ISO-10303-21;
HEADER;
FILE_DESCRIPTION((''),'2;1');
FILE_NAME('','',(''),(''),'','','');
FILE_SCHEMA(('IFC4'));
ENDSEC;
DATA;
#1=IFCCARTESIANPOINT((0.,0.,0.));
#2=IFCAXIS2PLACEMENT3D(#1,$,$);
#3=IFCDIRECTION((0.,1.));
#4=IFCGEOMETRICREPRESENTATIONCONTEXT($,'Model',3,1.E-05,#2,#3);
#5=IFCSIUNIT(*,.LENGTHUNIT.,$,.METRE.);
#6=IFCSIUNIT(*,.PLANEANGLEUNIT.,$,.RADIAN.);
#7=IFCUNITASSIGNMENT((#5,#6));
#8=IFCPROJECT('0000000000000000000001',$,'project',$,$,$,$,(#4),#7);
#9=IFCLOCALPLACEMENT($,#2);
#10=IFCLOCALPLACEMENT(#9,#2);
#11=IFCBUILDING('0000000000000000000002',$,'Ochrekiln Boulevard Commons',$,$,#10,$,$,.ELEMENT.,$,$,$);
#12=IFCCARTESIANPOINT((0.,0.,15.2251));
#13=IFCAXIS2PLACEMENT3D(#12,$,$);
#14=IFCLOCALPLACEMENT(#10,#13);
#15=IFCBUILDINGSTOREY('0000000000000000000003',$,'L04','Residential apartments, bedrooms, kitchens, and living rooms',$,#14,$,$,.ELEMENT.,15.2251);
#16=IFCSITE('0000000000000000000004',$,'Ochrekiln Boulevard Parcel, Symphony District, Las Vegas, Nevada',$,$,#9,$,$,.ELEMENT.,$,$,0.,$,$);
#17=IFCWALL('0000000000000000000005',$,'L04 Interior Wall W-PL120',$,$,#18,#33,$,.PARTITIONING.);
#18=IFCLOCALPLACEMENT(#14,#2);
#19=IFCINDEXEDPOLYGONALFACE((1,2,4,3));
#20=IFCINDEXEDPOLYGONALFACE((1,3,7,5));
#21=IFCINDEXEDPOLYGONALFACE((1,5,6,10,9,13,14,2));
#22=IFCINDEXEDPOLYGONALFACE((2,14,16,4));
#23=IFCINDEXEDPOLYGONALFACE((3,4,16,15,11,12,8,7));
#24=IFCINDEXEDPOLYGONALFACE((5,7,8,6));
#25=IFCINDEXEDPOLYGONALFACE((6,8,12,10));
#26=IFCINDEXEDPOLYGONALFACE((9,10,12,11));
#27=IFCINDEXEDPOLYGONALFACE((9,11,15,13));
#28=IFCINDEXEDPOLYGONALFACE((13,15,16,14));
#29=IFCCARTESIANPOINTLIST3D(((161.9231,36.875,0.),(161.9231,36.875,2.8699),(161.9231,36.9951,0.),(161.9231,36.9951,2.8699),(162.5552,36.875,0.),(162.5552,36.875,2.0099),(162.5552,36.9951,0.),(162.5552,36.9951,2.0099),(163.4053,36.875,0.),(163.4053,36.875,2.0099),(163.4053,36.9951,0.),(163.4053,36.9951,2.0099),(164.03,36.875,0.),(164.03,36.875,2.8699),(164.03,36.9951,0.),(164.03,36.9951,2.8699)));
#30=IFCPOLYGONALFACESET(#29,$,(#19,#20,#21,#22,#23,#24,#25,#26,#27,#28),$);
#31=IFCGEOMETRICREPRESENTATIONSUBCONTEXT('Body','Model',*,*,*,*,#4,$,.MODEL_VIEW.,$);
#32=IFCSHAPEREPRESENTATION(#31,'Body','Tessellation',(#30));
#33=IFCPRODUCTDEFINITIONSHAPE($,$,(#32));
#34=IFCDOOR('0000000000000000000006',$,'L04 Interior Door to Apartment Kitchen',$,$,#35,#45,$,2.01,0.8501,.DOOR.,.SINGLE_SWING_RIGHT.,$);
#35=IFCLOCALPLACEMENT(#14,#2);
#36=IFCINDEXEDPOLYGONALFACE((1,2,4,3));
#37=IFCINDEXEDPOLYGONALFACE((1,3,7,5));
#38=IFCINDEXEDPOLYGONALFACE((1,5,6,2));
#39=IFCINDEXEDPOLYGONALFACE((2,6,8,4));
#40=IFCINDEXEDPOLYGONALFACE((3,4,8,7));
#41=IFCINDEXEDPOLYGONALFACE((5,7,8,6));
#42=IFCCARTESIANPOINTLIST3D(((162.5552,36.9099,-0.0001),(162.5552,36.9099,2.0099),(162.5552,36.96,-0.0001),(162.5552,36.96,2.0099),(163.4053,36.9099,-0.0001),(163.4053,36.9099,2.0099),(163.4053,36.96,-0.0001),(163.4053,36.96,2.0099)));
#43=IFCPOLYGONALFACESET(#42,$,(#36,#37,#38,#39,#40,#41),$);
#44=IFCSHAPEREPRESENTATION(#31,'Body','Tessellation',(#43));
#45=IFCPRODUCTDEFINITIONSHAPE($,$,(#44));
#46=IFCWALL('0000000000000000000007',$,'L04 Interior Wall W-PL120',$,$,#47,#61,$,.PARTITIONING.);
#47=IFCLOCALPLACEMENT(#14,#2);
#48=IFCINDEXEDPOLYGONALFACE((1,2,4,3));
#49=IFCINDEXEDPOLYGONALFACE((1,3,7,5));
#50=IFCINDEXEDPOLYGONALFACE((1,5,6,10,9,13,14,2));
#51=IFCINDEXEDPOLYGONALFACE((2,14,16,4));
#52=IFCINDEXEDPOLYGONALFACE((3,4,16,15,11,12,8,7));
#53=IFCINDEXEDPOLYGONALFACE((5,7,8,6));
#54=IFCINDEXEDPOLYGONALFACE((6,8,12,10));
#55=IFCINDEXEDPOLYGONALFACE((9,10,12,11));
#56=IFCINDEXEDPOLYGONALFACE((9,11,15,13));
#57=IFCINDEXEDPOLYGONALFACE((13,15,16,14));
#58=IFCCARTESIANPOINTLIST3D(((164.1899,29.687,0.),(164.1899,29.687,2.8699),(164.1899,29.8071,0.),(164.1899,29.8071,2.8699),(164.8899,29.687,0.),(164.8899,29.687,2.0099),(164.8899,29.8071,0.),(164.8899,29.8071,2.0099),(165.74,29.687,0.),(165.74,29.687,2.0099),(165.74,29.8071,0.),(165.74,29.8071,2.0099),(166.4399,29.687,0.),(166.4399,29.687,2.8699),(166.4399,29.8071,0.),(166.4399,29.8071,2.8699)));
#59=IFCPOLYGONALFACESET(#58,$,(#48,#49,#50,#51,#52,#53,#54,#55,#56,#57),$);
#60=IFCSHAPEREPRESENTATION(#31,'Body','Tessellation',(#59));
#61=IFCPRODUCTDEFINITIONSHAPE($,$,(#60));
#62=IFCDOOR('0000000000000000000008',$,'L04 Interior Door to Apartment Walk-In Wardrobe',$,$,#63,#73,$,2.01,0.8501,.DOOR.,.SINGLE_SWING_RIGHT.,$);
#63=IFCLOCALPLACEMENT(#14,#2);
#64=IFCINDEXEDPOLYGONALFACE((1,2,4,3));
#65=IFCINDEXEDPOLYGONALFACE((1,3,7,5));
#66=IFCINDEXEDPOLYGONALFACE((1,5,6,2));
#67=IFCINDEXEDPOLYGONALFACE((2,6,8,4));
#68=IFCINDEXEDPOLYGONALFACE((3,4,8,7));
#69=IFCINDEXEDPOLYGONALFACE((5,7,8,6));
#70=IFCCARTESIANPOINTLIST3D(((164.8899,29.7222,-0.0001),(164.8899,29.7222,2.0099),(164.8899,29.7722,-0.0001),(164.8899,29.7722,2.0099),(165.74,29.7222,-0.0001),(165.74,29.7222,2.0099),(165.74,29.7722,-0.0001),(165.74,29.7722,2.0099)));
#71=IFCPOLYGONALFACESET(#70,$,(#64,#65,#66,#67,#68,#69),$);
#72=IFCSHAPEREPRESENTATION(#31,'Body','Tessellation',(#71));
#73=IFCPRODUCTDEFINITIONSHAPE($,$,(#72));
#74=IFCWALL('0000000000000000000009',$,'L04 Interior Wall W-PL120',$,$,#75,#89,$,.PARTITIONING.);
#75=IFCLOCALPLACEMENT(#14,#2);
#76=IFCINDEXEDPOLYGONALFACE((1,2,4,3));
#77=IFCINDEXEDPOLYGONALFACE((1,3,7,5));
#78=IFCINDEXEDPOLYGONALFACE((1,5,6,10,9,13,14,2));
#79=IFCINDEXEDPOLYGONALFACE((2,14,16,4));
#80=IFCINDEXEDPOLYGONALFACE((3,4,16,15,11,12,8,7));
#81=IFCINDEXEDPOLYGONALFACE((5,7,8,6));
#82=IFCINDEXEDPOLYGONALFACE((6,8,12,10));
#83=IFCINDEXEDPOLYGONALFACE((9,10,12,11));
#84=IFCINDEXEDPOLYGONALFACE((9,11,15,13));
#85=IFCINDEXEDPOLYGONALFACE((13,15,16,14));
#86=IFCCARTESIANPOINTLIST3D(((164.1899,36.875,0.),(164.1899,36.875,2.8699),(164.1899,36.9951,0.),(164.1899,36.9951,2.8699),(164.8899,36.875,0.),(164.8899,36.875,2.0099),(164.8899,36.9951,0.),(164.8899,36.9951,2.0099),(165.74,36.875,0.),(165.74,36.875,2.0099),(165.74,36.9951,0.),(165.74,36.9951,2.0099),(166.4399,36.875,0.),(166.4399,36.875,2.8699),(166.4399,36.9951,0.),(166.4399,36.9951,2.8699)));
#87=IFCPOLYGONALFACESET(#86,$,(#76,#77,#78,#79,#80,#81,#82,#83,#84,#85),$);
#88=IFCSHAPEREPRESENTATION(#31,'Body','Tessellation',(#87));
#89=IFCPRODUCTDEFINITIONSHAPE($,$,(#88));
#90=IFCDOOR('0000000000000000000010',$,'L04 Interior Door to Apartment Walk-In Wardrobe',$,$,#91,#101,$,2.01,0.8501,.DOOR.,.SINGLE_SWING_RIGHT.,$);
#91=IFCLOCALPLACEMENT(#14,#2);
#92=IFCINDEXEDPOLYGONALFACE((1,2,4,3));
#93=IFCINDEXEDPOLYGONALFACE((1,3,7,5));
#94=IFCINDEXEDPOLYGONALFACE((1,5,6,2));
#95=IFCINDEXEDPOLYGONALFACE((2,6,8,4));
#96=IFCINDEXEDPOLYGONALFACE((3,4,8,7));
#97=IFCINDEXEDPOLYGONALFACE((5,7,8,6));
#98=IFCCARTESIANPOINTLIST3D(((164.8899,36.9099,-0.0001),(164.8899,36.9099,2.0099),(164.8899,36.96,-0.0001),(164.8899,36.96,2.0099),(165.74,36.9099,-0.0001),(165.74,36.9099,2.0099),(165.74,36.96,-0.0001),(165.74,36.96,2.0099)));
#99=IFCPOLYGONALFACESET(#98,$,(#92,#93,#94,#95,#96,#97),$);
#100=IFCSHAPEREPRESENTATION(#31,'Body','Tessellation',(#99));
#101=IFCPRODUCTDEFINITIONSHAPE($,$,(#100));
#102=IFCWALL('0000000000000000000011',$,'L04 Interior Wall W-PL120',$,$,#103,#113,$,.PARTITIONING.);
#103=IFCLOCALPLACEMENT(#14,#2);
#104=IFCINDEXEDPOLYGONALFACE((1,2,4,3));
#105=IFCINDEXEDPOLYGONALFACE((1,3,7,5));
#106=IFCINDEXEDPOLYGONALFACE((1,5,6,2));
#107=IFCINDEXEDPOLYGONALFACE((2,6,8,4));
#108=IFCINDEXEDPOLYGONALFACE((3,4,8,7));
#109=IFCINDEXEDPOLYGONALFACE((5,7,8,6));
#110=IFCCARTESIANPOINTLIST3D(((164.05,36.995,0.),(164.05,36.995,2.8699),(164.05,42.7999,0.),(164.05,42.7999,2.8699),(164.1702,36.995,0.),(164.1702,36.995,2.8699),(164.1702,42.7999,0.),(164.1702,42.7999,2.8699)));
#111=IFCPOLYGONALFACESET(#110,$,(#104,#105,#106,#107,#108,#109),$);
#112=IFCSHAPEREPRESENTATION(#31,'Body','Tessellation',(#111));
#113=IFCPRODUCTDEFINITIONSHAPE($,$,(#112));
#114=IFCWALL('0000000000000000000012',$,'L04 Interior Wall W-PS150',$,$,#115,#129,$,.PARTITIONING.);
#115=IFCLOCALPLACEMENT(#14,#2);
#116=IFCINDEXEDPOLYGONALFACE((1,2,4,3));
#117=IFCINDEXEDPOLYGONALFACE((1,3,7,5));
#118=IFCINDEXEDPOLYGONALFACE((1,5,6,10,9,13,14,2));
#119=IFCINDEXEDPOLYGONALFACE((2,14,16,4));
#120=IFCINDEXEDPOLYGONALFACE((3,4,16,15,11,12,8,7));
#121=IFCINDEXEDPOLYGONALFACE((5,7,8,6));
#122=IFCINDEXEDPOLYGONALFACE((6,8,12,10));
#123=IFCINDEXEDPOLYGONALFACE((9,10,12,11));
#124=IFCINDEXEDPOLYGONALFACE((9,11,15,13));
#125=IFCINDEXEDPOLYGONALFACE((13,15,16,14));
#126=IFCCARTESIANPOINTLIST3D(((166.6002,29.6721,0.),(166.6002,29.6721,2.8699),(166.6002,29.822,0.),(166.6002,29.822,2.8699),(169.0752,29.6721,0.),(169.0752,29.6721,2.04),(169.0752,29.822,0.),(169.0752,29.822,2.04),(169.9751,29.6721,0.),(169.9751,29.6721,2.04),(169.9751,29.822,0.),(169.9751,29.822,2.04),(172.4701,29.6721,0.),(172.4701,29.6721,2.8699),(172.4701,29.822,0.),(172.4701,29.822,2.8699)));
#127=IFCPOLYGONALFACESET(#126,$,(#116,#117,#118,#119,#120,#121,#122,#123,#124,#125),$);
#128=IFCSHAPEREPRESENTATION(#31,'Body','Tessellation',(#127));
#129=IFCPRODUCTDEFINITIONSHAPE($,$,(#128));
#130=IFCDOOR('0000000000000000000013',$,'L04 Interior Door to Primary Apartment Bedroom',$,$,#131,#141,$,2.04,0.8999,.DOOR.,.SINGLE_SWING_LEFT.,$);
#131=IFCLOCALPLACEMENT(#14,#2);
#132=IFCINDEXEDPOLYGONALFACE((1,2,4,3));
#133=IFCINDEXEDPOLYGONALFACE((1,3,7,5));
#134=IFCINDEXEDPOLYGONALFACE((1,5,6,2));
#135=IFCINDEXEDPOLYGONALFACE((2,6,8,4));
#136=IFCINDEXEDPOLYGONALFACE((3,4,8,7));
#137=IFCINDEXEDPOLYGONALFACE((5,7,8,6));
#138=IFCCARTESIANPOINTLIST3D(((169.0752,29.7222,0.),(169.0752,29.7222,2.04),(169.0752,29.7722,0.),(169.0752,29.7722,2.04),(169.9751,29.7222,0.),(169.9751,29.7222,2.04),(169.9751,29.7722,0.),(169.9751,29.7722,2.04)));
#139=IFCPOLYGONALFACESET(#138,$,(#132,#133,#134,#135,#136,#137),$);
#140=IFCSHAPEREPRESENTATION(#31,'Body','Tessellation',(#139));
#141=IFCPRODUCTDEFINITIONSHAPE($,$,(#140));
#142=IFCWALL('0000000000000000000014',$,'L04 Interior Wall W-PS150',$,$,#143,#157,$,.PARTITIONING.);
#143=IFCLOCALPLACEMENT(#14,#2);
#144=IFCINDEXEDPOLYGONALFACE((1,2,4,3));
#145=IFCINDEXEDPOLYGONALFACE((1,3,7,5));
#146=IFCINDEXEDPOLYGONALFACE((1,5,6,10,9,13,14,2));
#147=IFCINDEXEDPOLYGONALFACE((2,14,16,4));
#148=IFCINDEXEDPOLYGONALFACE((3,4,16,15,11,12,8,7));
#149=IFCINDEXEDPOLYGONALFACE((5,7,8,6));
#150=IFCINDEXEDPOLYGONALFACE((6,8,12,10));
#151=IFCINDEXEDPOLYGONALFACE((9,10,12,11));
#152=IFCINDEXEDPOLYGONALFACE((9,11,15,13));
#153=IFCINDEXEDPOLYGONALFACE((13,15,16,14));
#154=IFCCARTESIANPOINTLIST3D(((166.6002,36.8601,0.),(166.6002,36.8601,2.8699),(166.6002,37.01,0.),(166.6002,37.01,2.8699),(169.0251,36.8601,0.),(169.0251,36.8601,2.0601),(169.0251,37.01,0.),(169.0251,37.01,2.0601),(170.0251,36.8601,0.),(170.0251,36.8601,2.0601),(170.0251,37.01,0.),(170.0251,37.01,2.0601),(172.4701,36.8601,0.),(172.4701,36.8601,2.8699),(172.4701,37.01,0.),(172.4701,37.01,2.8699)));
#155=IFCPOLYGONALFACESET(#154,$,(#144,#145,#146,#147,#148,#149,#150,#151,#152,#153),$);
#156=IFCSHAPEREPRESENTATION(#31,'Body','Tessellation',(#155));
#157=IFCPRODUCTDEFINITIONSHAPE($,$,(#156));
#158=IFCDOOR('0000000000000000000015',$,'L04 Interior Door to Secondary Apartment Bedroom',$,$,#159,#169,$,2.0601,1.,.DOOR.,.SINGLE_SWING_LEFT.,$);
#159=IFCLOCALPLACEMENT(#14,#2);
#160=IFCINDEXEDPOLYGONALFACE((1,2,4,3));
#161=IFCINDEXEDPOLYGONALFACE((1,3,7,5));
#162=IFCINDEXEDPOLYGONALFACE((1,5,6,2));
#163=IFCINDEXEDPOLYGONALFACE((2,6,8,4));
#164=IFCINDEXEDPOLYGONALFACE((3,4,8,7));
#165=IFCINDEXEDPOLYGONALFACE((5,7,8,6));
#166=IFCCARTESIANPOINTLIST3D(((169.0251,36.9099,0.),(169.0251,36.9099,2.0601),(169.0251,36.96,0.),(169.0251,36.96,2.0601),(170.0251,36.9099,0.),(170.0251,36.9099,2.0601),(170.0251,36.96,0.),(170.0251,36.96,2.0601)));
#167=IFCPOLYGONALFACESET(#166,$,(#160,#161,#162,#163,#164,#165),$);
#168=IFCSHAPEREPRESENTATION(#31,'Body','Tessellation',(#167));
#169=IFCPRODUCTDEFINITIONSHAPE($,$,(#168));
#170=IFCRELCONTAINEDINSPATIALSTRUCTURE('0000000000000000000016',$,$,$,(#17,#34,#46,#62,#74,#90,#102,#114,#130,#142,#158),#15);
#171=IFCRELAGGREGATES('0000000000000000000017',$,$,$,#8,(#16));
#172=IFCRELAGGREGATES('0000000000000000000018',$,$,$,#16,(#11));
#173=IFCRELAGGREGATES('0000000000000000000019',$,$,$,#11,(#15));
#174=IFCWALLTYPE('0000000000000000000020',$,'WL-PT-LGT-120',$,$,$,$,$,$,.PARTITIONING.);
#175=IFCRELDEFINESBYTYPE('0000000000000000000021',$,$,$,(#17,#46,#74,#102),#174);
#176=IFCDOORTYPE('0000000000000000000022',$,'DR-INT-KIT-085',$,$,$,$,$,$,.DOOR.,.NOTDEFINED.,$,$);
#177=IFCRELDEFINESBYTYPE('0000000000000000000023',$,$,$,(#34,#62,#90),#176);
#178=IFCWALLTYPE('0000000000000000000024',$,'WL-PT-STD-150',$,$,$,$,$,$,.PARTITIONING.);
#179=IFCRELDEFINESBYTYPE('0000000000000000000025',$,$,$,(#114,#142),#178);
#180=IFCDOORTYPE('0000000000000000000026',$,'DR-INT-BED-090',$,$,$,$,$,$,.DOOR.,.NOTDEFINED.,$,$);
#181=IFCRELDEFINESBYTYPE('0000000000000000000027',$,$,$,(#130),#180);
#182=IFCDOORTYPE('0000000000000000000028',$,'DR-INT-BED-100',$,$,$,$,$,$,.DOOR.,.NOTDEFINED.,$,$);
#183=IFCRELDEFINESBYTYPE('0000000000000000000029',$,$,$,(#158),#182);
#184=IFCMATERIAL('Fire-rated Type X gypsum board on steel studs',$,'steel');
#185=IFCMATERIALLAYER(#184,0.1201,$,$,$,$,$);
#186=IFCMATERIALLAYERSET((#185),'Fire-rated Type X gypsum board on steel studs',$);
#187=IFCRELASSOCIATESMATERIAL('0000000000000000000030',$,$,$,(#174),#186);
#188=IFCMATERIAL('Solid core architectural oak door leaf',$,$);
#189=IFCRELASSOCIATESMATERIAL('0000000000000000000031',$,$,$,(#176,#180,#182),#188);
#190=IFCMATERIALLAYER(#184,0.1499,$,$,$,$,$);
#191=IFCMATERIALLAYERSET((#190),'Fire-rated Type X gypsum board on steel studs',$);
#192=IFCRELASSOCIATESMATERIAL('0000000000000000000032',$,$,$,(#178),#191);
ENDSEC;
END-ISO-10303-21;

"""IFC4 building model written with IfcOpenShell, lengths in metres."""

from ifc_helpers import new_model, si_unit, direction, frame, frame_2d, origin, place, context, subcontext, project, spatial, rectangle, extrude, material, layer, layer_set, type_object, element, fill, save


model = new_model("IFC4")

# Units and contexts
model_context = context("Model", 3, precision=1e-05, world=origin(), true_north=direction((0.0, 1.0)))
body_context = subcontext(model_context, "Body", "Model", "MODEL_VIEW")
ifc_project = project(units=[si_unit("LENGTHUNIT", "METRE"), si_unit("PLANEANGLEUNIT", "RADIAN")], contexts=[model_context])

# Site, building, storey
site_placement = place(None, origin())
site = spatial("IfcSite", under=ifc_project, at=site_placement, Name="Ochrekiln Boulevard Parcel, Symphony District, Las Vegas, Nevada", CompositionType="ELEMENT", RefElevation=0.0)
building_placement = place(site_placement, origin())
building = spatial("IfcBuilding", under=site, at=building_placement, Name="Ochrekiln Boulevard Commons", CompositionType="ELEMENT")
storey_placement = place(building_placement, frame((0.0, 0.0, 15.2251)))
storey = spatial("IfcBuildingStorey", under=building, at=storey_placement, Name="L04", Description="Residential apartments, bedrooms, kitchens, and living rooms", CompositionType="ELEMENT", Elevation=15.2251)

# Shared definitions
ifc_material_1 = material(Name="Solid core architectural oak door leaf")
ifc_material_2 = material(Name="Fire-rated Type X gypsum board on steel studs", Category="steel")

# Walls, openings, doors
ifc_layer_1 = layer(ifc_material_2, 0.1201)
ifc_layer_set_1 = layer_set([ifc_layer_1], Name="Fire-rated Type X gypsum board on steel studs")
wall_type_1 = type_object("IfcWallType", Name="WL-PT-LGT-120", PredefinedType="PARTITIONING", material=ifc_layer_set_1)
wall_1_placement = place(storey_placement, frame((161.9231, 36.9351, 0.0), z_axis=(0.0, 0.0, 1.0), x_axis=(1.0, 0.0, 0.0)))
wall_1 = element("IfcWall", 1, at=wall_1_placement, inside=storey, type_object=wall_type_1, Name="L04 Interior Wall W-PL120", PredefinedType="PARTITIONING", context=body_context, shape_type="SweptSolid", body=[
    extrude(rectangle(XDim=2.1069, YDim=0.1201, at=frame_2d((1.0535, 0.0))), origin(), (0.0, 0.0, 1.0), 2.8699),
])
opening_1_placement = place(wall_1_placement, frame((0.6321, 0.0, 0.0)))
opening_1 = element("IfcOpeningElement", 2, at=opening_1_placement, cuts=wall_1, PredefinedType="OPENING", context=body_context, shape_type="SweptSolid", body=[
    extrude(rectangle(XDim=0.8501, YDim=2.01, at=frame_2d((0.425, 1.0049))), frame((0.0, 0.0701, 0.0), z_axis=(0.0, -1.0, 0.0), x_axis=(1.0, 0.0, 0.0)), (0.0, 0.0, 1.0), 0.1401),
])
door_type_1 = type_object("IfcDoorType", Name="DR-INT-KIT-085", OperationType="NOTDEFINED", PredefinedType="DOOR", material=ifc_material_1)
door_1_placement = place(opening_1_placement, origin())
door_1 = element("IfcDoor", 3, at=door_1_placement, inside=storey, type_object=door_type_1, Name="L04 Interior Door to Apartment Kitchen", OperationType="SINGLE_SWING_RIGHT", OverallHeight=2.01, OverallWidth=0.8501, PredefinedType="DOOR", context=body_context, shape_type="SweptSolid", body=[
    extrude(rectangle(XDim=0.8501, YDim=2.01, at=frame_2d((0.425, 1.0049))), frame((0.0, 0.0249, 0.0), z_axis=(0.0, -1.0, 0.0), x_axis=(1.0, 0.0, 0.0)), (0.0, 0.0, 1.0), 0.05),
])
fill(opening_1, door_1)
wall_2_placement = place(storey_placement, frame((164.1899, 29.7471, 0.0), z_axis=(0.0, 0.0, 1.0), x_axis=(1.0, 0.0, 0.0)))
wall_2 = element("IfcWall", 4, at=wall_2_placement, inside=storey, type_object=wall_type_1, Name="L04 Interior Wall W-PL120", PredefinedType="PARTITIONING", context=body_context, shape_type="SweptSolid", body=[
    extrude(rectangle(XDim=2.25, YDim=0.1201, at=frame_2d((1.125, 0.0))), origin(), (0.0, 0.0, 1.0), 2.8699),
])
opening_2_placement = place(wall_2_placement, frame((0.7, 0.0, 0.0)))
opening_2 = element("IfcOpeningElement", 5, at=opening_2_placement, cuts=wall_2, PredefinedType="OPENING", context=body_context, shape_type="SweptSolid", body=[
    extrude(rectangle(XDim=0.8501, YDim=2.01, at=frame_2d((0.425, 1.0049))), frame((0.0, 0.0701, 0.0), z_axis=(0.0, -1.0, 0.0), x_axis=(1.0, 0.0, 0.0)), (0.0, 0.0, 1.0), 0.1401),
])
door_2_placement = place(opening_2_placement, frame((0.8501, 0.0, 0.0), z_axis=(0.0, 0.0, 1.0), x_axis=(-1.0, 0.0, 0.0)))
door_2 = element("IfcDoor", 6, at=door_2_placement, inside=storey, type_object=door_type_1, Name="L04 Interior Door to Apartment Walk-In Wardrobe", OperationType="SINGLE_SWING_RIGHT", OverallHeight=2.01, OverallWidth=0.8501, PredefinedType="DOOR", context=body_context, shape_type="SweptSolid", body=[
    extrude(rectangle(XDim=0.8501, YDim=2.01, at=frame_2d((0.425, 1.0049))), frame((0.0, 0.0249, 0.0), z_axis=(0.0, -1.0, 0.0), x_axis=(1.0, 0.0, 0.0)), (0.0, 0.0, 1.0), 0.05),
])
fill(opening_2, door_2)
wall_3_placement = place(storey_placement, frame((164.1899, 36.9351, 0.0), z_axis=(0.0, 0.0, 1.0), x_axis=(1.0, 0.0, 0.0)))
wall_3 = element("IfcWall", 7, at=wall_3_placement, inside=storey, type_object=wall_type_1, Name="L04 Interior Wall W-PL120", PredefinedType="PARTITIONING", context=body_context, shape_type="SweptSolid", body=[
    extrude(rectangle(XDim=2.25, YDim=0.1201, at=frame_2d((1.125, 0.0))), origin(), (0.0, 0.0, 1.0), 2.8699),
])
opening_3_placement = place(wall_3_placement, frame((0.7, 0.0, 0.0)))
opening_3 = element("IfcOpeningElement", 8, at=opening_3_placement, cuts=wall_3, PredefinedType="OPENING", context=body_context, shape_type="SweptSolid", body=[
    extrude(rectangle(XDim=0.8501, YDim=2.01, at=frame_2d((0.425, 1.0049))), frame((0.0, 0.0701, 0.0), z_axis=(0.0, -1.0, 0.0), x_axis=(1.0, 0.0, 0.0)), (0.0, 0.0, 1.0), 0.1401),
])
door_3_placement = place(opening_3_placement, origin())
door_3 = element("IfcDoor", 9, at=door_3_placement, inside=storey, type_object=door_type_1, Name="L04 Interior Door to Apartment Walk-In Wardrobe", OperationType="SINGLE_SWING_RIGHT", OverallHeight=2.01, OverallWidth=0.8501, PredefinedType="DOOR", context=body_context, shape_type="SweptSolid", body=[
    extrude(rectangle(XDim=0.8501, YDim=2.01, at=frame_2d((0.425, 1.0049))), frame((0.0, 0.0249, 0.0), z_axis=(0.0, -1.0, 0.0), x_axis=(1.0, 0.0, 0.0)), (0.0, 0.0, 1.0), 0.05),
])
fill(opening_3, door_3)

# Wall
wall_4_placement = place(storey_placement, frame((164.1101, 36.9951, 0.0), z_axis=(0.0, 0.0, 1.0), x_axis=(0.0, 1.0, 0.0)))
element("IfcWall", 10, at=wall_4_placement, inside=storey, type_object=wall_type_1, Name="L04 Interior Wall W-PL120", PredefinedType="PARTITIONING", context=body_context, shape_type="SweptSolid", body=[
    extrude(rectangle(XDim=5.8049, YDim=0.1201, at=frame_2d((2.9023, 0.0))), origin(), (0.0, 0.0, 1.0), 2.8699),
])

# Walls, openings, doors
ifc_layer_2 = layer(ifc_material_2, 0.1499)
ifc_layer_set_2 = layer_set([ifc_layer_2], Name="Fire-rated Type X gypsum board on steel studs")
wall_type_2 = type_object("IfcWallType", Name="WL-PT-STD-150", PredefinedType="PARTITIONING", material=ifc_layer_set_2)
wall_5_placement = place(storey_placement, frame((166.6001, 29.7471, 0.0), z_axis=(0.0, 0.0, 1.0), x_axis=(1.0, 0.0, 0.0)))
wall_5 = element("IfcWall", 11, at=wall_5_placement, inside=storey, type_object=wall_type_2, Name="L04 Interior Wall W-PS150", PredefinedType="PARTITIONING", context=body_context, shape_type="SweptSolid", body=[
    extrude(rectangle(XDim=5.8699, YDim=0.1499, at=frame_2d((2.9351, 0.0))), origin(), (0.0, 0.0, 1.0), 2.8699),
])
opening_4_placement = place(wall_5_placement, frame((2.4751, 0.0, 0.0)))
opening_4 = element("IfcOpeningElement", 12, at=opening_4_placement, cuts=wall_5, PredefinedType="OPENING", context=body_context, shape_type="SweptSolid", body=[
    extrude(rectangle(XDim=0.8999, YDim=2.04, at=frame_2d((0.45, 1.02))), frame((0.0, 0.085, 0.0), z_axis=(0.0, -1.0, 0.0), x_axis=(1.0, 0.0, 0.0)), (0.0, 0.0, 1.0), 0.1699),
])
door_type_2 = type_object("IfcDoorType", Name="DR-INT-BED-090", OperationType="NOTDEFINED", PredefinedType="DOOR", material=ifc_material_1)
door_4_placement = place(opening_4_placement, frame((0.8999, 0.0, 0.0), z_axis=(0.0, 0.0, 1.0), x_axis=(-1.0, 0.0, 0.0)))
door_4 = element("IfcDoor", 13, at=door_4_placement, inside=storey, type_object=door_type_2, Name="L04 Interior Door to Primary Apartment Bedroom", OperationType="SINGLE_SWING_LEFT", OverallHeight=2.04, OverallWidth=0.8999, PredefinedType="DOOR", context=body_context, shape_type="SweptSolid", body=[
    extrude(rectangle(XDim=0.8999, YDim=2.04, at=frame_2d((0.45, 1.02))), frame((0.0, 0.0249, 0.0), z_axis=(0.0, -1.0, 0.0), x_axis=(1.0, 0.0, 0.0)), (0.0, 0.0, 1.0), 0.05),
])
fill(opening_4, door_4)
wall_6_placement = place(storey_placement, frame((166.6001, 36.9351, 0.0), z_axis=(0.0, 0.0, 1.0), x_axis=(1.0, 0.0, 0.0)))
wall_6 = element("IfcWall", 14, at=wall_6_placement, inside=storey, type_object=wall_type_2, Name="L04 Interior Wall W-PS150", PredefinedType="PARTITIONING", context=body_context, shape_type="SweptSolid", body=[
    extrude(rectangle(XDim=5.8699, YDim=0.1499, at=frame_2d((2.9351, 0.0))), origin(), (0.0, 0.0, 1.0), 2.8699),
])
opening_5_placement = place(wall_6_placement, frame((2.425, 0.0, 0.0)))
opening_5 = element("IfcOpeningElement", 15, at=opening_5_placement, cuts=wall_6, PredefinedType="OPENING", context=body_context, shape_type="SweptSolid", body=[
    extrude(rectangle(XDim=1.0, YDim=2.0601, at=frame_2d((0.5, 1.03))), frame((0.0, 0.085, 0.0), z_axis=(0.0, -1.0, 0.0), x_axis=(1.0, 0.0, 0.0)), (0.0, 0.0, 1.0), 0.1699),
])
door_type_3 = type_object("IfcDoorType", Name="DR-INT-BED-100", OperationType="NOTDEFINED", PredefinedType="DOOR", material=ifc_material_1)
door_5_placement = place(opening_5_placement, origin())
door_5 = element("IfcDoor", 16, at=door_5_placement, inside=storey, type_object=door_type_3, Name="L04 Interior Door to Secondary Apartment Bedroom", OperationType="SINGLE_SWING_LEFT", OverallHeight=2.0601, OverallWidth=1.0, PredefinedType="DOOR", context=body_context, shape_type="SweptSolid", body=[
    extrude(rectangle(XDim=1.0, YDim=2.0601, at=frame_2d((0.5, 1.03))), frame((0.0, 0.0249, 0.0), z_axis=(0.0, -1.0, 0.0), x_axis=(1.0, 0.0, 0.0)), (0.0, 0.0, 1.0), 0.05),
])
fill(opening_5, door_5)

save(model, "model.ifc")
